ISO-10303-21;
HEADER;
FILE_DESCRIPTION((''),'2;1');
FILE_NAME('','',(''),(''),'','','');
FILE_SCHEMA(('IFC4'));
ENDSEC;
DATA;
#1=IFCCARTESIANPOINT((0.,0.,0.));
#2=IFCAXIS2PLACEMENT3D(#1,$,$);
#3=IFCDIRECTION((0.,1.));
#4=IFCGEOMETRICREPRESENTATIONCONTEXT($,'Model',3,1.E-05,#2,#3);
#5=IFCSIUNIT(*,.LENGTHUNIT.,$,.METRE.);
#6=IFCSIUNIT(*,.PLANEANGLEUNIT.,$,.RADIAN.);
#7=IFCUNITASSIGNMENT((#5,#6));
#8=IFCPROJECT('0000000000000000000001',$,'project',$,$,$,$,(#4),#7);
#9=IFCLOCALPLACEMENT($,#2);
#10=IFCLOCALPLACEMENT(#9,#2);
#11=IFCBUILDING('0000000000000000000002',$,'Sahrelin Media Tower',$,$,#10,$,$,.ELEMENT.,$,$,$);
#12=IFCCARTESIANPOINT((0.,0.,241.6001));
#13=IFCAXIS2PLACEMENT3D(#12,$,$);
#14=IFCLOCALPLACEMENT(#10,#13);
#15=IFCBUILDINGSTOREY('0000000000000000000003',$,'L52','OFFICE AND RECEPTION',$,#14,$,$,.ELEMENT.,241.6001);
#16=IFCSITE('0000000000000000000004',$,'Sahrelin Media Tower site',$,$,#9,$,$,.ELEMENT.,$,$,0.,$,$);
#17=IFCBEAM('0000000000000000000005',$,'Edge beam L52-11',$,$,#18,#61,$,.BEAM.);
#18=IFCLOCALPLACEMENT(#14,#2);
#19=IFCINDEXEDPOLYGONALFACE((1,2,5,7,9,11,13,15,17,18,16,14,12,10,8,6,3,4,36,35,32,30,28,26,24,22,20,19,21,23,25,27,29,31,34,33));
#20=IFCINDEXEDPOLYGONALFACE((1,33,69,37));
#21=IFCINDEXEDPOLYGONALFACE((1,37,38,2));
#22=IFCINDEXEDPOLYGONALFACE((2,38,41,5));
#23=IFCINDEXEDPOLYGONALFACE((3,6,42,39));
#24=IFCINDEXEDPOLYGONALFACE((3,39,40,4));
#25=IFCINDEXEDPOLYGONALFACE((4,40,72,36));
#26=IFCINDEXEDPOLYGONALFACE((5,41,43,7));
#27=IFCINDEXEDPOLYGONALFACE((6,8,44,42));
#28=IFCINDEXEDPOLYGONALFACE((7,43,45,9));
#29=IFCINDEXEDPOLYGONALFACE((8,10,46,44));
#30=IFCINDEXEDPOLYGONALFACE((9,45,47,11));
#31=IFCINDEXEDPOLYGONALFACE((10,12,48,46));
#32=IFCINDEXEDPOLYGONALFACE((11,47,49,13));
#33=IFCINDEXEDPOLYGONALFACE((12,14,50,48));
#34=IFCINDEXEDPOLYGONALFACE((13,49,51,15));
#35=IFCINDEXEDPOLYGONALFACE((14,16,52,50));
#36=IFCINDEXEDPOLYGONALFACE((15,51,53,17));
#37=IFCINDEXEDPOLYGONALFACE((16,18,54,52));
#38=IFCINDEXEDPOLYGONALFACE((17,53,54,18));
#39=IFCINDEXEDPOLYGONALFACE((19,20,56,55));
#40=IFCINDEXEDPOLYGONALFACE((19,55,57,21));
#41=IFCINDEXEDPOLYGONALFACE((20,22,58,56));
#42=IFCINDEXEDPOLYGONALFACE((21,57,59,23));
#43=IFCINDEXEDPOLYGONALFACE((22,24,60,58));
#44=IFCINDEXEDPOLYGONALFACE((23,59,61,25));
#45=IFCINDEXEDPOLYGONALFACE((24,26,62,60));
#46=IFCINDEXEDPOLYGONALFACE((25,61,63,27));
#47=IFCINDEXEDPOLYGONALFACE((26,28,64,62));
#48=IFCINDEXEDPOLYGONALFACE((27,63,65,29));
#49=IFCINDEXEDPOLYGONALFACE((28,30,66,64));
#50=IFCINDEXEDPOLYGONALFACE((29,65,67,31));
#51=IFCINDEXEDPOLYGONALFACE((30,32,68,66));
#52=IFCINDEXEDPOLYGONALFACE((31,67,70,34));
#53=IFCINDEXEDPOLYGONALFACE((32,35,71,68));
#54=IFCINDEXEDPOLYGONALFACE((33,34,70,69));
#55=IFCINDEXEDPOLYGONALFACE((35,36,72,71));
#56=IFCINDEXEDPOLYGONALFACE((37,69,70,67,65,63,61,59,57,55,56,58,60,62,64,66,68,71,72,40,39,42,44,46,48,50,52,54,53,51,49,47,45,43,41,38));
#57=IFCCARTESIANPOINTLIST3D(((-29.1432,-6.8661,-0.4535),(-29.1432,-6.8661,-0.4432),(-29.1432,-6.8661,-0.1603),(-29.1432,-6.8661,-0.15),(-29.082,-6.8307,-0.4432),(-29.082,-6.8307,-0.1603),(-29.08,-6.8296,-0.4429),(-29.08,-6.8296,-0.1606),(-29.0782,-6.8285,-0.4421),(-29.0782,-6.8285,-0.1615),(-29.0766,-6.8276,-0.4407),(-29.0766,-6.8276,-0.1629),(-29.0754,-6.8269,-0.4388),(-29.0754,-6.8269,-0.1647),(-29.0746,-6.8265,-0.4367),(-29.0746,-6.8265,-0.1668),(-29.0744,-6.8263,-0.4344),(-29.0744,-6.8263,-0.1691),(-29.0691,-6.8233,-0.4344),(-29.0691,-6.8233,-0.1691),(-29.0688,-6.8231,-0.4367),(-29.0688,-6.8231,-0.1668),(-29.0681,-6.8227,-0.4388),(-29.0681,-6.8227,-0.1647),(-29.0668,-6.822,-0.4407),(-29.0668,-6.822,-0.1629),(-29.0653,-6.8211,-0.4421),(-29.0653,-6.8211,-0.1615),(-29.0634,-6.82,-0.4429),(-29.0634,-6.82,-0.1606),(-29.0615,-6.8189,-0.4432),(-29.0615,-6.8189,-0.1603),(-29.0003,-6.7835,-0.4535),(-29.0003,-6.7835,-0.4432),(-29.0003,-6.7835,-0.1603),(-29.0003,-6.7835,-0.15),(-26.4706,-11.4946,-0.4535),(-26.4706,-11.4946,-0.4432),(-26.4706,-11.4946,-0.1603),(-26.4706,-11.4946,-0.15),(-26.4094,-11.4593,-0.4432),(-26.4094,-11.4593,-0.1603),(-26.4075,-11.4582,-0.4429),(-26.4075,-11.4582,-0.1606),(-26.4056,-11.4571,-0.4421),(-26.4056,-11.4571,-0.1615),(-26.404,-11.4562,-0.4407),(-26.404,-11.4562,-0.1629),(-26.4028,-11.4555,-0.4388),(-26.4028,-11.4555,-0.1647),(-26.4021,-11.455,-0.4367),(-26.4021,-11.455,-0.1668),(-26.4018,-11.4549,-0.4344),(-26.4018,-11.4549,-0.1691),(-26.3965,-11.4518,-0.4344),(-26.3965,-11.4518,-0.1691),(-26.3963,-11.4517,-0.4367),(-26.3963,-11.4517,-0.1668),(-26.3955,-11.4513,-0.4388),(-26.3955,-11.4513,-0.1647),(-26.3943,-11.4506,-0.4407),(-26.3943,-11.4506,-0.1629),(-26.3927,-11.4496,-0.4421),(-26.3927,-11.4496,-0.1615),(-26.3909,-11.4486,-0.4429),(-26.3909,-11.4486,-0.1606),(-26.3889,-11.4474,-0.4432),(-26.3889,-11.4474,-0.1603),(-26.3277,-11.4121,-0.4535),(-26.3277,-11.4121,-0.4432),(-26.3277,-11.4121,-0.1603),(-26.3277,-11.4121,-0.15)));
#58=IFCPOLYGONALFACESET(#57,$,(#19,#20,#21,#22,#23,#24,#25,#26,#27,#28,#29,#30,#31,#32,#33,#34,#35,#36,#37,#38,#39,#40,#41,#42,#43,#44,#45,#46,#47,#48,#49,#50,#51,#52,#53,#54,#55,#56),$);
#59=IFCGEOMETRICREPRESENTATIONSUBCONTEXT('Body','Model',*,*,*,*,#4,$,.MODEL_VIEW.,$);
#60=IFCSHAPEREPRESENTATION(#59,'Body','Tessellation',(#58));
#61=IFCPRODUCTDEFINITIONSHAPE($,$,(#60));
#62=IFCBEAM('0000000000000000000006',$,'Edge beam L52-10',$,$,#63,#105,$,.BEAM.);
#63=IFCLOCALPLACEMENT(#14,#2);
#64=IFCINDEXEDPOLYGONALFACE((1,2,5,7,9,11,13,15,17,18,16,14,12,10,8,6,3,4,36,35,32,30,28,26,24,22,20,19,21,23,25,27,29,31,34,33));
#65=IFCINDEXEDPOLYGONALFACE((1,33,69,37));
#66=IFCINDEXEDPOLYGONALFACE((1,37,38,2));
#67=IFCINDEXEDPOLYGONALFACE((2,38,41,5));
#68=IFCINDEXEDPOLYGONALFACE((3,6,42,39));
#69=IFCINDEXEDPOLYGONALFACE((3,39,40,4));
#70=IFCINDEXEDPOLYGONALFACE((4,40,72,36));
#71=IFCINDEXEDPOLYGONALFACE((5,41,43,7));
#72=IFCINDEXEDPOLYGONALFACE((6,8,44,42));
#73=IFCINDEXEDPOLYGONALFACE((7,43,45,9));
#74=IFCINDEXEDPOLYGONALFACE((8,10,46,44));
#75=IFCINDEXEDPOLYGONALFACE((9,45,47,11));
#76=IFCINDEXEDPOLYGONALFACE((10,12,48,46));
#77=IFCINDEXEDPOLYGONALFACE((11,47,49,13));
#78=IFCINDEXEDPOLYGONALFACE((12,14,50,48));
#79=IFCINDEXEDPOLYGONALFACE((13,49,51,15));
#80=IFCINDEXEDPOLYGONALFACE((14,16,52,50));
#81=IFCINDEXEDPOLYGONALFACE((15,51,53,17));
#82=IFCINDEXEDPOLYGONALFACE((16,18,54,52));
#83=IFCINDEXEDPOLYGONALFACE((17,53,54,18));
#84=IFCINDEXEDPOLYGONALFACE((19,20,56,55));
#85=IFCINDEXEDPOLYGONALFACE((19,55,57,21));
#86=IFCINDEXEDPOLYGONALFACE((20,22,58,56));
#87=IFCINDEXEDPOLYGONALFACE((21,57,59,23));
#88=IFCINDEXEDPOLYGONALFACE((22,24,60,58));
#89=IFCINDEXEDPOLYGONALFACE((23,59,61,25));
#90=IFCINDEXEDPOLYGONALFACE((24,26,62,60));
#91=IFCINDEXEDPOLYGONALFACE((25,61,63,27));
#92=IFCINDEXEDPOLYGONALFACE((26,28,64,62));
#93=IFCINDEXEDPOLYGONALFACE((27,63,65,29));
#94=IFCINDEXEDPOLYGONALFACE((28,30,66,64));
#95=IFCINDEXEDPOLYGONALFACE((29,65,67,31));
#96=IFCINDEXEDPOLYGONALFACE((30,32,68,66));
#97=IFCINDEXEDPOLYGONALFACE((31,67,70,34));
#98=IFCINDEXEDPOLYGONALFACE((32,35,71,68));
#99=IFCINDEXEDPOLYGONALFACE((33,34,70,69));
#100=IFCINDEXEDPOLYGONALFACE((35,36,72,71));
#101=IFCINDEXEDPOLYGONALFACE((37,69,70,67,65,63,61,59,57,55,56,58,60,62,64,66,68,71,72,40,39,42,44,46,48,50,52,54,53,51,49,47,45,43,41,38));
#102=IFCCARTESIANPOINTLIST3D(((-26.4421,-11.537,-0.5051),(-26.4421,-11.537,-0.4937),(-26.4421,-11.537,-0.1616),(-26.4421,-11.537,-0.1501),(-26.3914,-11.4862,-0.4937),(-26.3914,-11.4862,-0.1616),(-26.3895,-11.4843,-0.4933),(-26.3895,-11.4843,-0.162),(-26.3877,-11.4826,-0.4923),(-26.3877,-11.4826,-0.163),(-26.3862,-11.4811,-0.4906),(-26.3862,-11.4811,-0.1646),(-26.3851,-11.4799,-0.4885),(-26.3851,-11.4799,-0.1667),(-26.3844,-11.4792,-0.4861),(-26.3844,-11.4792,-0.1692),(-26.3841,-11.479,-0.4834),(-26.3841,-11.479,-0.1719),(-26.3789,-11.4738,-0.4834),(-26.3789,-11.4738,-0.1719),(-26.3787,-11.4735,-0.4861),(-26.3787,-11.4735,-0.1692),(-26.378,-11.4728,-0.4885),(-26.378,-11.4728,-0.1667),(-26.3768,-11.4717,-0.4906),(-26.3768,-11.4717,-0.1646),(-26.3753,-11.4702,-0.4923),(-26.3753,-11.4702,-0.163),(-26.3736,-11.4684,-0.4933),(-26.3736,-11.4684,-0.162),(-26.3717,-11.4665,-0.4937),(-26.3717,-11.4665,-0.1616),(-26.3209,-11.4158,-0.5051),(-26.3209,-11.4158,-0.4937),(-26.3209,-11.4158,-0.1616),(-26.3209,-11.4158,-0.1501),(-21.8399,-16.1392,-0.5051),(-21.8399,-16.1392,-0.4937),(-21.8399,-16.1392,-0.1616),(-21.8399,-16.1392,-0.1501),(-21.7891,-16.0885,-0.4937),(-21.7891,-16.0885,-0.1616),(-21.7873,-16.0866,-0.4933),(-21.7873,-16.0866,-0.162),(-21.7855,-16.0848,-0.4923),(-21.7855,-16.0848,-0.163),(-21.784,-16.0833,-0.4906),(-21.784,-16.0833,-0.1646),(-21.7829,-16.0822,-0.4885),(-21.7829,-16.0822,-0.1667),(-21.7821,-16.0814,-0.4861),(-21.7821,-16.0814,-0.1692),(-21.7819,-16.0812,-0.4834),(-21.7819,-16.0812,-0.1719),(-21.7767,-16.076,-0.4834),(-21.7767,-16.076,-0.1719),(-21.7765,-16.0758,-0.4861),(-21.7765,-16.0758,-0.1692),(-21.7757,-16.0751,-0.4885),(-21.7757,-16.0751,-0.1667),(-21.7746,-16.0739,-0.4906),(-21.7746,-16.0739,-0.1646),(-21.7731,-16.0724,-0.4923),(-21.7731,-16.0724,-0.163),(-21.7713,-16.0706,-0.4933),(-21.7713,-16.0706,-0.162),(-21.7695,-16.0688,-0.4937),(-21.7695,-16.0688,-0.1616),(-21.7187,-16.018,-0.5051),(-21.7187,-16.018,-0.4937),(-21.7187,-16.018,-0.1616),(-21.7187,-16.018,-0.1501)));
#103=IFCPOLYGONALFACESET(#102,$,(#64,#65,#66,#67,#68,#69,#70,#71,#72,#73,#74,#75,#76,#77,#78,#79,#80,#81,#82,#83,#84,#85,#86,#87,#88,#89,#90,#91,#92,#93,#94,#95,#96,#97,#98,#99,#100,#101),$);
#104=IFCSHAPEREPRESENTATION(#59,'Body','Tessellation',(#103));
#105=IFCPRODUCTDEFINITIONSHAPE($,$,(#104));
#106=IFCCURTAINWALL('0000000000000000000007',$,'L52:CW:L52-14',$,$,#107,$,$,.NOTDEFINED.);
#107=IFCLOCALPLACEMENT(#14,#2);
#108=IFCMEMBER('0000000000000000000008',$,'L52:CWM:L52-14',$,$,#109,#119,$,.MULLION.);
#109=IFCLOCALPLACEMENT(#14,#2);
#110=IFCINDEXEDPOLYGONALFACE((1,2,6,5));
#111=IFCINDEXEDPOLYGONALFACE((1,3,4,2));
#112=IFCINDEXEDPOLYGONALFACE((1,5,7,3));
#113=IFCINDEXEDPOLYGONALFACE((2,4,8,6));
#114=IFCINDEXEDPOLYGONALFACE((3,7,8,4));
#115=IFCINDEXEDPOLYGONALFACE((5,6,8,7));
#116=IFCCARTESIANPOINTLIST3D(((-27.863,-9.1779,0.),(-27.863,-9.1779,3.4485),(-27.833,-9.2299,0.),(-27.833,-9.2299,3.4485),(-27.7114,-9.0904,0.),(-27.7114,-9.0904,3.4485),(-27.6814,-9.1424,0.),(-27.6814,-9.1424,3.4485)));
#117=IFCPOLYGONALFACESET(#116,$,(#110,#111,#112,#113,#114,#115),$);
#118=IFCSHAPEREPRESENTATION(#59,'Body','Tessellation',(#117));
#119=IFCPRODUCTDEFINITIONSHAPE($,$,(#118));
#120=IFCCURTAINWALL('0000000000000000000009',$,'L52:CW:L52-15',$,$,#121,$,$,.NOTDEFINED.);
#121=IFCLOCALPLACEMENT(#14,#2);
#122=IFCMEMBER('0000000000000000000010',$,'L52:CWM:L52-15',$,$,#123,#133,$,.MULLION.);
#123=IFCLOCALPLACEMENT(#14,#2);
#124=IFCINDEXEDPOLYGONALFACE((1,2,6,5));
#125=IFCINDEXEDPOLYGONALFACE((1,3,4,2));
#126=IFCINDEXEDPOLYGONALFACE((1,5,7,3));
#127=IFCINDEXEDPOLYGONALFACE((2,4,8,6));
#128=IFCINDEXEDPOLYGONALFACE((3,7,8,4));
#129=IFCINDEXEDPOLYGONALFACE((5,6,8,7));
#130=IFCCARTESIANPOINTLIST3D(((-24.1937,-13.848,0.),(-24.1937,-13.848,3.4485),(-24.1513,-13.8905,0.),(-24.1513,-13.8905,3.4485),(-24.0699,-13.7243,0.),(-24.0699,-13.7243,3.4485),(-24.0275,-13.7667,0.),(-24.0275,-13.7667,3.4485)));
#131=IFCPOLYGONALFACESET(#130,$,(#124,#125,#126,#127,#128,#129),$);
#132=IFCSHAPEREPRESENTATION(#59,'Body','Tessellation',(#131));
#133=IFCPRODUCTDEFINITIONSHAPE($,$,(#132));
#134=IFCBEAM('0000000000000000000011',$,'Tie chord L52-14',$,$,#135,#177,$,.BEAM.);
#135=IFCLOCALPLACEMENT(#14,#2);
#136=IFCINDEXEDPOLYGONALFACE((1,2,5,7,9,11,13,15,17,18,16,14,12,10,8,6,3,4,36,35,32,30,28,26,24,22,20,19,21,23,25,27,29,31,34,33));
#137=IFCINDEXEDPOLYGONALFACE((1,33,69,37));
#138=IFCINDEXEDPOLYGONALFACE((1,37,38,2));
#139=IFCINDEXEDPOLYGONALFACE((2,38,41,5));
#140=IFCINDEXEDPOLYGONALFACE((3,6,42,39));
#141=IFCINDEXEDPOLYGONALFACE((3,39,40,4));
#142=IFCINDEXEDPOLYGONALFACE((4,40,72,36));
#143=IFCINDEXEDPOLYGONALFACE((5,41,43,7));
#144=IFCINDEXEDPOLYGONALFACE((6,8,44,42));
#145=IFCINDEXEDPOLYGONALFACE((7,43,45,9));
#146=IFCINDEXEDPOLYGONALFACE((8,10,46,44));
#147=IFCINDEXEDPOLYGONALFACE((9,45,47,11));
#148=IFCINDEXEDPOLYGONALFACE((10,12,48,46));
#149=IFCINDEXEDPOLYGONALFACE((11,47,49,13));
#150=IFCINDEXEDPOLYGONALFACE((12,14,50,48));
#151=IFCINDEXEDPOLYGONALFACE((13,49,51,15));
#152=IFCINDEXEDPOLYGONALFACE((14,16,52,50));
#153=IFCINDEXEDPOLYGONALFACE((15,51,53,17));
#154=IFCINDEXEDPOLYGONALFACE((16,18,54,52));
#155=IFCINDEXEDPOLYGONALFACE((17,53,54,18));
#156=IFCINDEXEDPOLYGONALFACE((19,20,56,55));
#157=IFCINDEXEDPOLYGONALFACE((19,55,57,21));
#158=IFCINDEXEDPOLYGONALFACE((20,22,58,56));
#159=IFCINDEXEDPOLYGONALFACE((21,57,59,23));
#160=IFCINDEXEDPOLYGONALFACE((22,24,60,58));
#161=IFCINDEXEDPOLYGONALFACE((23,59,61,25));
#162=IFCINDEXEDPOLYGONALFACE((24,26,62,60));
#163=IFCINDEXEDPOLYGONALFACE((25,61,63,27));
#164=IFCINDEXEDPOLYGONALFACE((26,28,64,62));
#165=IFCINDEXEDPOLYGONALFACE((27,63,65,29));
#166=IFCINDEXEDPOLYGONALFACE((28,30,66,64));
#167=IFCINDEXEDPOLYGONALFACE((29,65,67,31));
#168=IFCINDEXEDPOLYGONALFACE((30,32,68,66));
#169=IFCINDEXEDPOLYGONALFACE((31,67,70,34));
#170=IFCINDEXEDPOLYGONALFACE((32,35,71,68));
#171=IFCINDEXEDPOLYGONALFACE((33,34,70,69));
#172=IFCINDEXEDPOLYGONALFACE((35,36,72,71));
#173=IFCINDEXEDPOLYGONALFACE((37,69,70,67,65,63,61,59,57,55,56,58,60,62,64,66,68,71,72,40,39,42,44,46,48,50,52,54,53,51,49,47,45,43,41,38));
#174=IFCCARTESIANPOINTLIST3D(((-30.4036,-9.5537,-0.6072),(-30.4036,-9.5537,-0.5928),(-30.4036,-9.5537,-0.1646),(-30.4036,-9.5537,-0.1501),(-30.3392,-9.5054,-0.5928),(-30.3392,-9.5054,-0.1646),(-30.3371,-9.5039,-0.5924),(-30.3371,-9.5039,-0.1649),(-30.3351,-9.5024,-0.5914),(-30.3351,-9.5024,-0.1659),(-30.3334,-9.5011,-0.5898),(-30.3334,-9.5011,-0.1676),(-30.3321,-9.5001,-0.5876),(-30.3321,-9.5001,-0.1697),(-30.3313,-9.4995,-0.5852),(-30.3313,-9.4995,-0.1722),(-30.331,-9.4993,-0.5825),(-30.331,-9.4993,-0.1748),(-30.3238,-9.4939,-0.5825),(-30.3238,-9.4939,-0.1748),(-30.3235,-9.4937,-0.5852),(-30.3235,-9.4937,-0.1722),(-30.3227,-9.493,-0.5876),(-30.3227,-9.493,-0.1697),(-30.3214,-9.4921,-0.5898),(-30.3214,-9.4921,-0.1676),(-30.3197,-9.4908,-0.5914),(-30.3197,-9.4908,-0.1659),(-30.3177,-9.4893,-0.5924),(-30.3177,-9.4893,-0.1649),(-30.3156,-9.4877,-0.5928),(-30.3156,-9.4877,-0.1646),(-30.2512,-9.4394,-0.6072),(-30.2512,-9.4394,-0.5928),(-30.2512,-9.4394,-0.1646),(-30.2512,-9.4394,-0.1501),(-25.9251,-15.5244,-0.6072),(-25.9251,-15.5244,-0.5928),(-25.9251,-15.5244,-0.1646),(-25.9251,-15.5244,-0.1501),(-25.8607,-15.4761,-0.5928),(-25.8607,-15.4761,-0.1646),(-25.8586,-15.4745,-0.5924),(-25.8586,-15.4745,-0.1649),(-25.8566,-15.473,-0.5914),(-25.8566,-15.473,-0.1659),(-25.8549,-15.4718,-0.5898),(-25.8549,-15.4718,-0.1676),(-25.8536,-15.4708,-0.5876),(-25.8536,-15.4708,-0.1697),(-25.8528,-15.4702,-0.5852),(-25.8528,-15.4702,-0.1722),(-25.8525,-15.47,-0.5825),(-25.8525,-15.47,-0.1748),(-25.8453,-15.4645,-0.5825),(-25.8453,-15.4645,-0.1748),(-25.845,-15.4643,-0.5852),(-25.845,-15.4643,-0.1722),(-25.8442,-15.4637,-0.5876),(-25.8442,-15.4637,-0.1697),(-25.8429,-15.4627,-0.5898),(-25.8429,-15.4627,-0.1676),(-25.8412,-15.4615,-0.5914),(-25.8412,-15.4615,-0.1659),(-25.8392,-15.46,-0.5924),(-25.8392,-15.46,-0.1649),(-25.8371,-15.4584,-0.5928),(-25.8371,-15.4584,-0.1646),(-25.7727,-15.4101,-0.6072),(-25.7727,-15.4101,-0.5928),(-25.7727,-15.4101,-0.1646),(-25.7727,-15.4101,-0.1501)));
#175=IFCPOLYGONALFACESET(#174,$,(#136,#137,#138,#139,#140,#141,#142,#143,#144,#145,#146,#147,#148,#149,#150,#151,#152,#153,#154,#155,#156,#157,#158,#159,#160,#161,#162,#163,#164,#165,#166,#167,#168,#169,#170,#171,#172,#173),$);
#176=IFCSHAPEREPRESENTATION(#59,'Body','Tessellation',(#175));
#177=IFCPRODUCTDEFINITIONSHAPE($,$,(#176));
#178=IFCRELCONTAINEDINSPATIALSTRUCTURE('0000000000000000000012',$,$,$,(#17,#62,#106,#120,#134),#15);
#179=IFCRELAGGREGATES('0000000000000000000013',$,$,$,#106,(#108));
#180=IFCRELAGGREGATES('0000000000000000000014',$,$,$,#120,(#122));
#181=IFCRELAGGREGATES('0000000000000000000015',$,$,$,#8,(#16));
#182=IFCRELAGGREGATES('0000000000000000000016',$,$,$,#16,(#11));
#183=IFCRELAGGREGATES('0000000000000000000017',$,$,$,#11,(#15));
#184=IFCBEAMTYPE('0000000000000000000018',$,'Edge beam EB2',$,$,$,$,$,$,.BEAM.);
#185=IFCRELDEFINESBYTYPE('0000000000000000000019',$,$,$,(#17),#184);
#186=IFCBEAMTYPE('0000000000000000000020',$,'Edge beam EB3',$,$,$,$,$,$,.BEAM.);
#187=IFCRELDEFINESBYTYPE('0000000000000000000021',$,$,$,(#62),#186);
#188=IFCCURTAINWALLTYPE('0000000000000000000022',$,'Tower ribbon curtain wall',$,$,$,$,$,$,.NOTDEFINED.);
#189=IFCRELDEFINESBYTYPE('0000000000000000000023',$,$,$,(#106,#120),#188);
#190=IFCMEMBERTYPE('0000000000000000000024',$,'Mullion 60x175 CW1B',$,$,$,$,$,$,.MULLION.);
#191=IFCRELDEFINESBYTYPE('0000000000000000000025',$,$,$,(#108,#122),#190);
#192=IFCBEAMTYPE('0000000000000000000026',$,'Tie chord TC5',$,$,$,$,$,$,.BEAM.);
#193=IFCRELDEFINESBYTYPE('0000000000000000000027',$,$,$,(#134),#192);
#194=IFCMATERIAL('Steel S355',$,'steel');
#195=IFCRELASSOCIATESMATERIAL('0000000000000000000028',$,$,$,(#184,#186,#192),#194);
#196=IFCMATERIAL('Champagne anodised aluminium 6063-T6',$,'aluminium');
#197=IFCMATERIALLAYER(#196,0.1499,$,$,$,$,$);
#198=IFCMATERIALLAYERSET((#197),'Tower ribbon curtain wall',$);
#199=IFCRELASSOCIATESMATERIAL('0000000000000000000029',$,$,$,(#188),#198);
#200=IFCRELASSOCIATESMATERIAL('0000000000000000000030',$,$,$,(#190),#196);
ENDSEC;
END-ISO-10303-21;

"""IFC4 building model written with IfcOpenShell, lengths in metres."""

from ifc_helpers import new_model, si_unit, direction, frame, origin, origin_2d, place, context, subcontext, project, spatial, rectangle, i_section, extrude, material, layer, layer_set, material_profile, profile_set, type_object, element, aggregate, save


model = new_model("IFC4")

# Units and contexts
model_context = context("Model", 3, precision=1e-05, world=origin(), true_north=direction((0.0, 1.0)))
body_context = subcontext(model_context, "Body", "Model", "MODEL_VIEW")
ifc_project = project(units=[si_unit("LENGTHUNIT", "METRE"), si_unit("PLANEANGLEUNIT", "RADIAN")], contexts=[model_context])

# Site, building, storey
site_placement = place(None, origin())
site = spatial("IfcSite", under=ifc_project, at=site_placement, Name="Sahrelin Media Tower site", CompositionType="ELEMENT", RefElevation=0.0)
building_placement = place(site_placement, origin())
building = spatial("IfcBuilding", under=site, at=building_placement, Name="Sahrelin Media Tower", CompositionType="ELEMENT")
storey_placement = place(building_placement, frame((0.0, 0.0, 241.6001)))
storey = spatial("IfcBuildingStorey", under=building, at=storey_placement, Name="L52", Description="OFFICE AND RECEPTION", CompositionType="ELEMENT", Elevation=241.6001)

# Beams
ifc_material_1 = material(Name="Steel S355", Category="steel")
ifc_material_profile_1 = material_profile(ifc_material_1, i_section(OverallWidth=0.165, OverallDepth=0.3035, WebThickness=0.0061, FlangeThickness=0.0103, FilletRadius=0.0088, at=origin_2d()), Name="UB 305x165x40")
ifc_profile_set_1 = profile_set([ifc_material_profile_1], Name="Steel S355")
beam_type_1 = type_object("IfcBeamType", Name="Edge beam EB2", PredefinedType="BEAM", material=ifc_profile_set_1)
beam_1_placement = place(storey_placement, frame((-26.3992, -11.4534, -0.3018), z_axis=(-0.500035, 0.866005, 0.0), x_axis=(-0.866005, -0.500035, 0.0)))
element("IfcBeam", 1, at=beam_1_placement, inside=storey, type_object=beam_type_1, Name="Edge beam L52-11", PredefinedType="BEAM", context=body_context, shape_type="SweptSolid", body=[
    extrude(i_section(OverallWidth=0.165, OverallDepth=0.3035, WebThickness=0.0061, FlangeThickness=0.0103, FilletRadius=0.0088, at=origin_2d()), origin(), (0.0, 0.0, 1.0), 5.3447),
])
ifc_material_profile_2 = material_profile(ifc_material_1, i_section(OverallWidth=0.1714, OverallDepth=0.355, WebThickness=0.0073, FlangeThickness=0.0115, FilletRadius=0.0103, at=origin_2d()), Name="UB 356x171x51")
ifc_profile_set_2 = profile_set([ifc_material_profile_2], Name="Steel S355")
beam_type_2 = type_object("IfcBeamType", Name="Edge beam EB3", PredefinedType="BEAM", material=ifc_profile_set_2)
beam_2_placement = place(storey_placement, frame((-21.7793, -16.0786, -0.3276), z_axis=(-0.707107, 0.707107, 0.0), x_axis=(-0.707107, -0.707107, 0.0)))
element("IfcBeam", 2, at=beam_2_placement, inside=storey, type_object=beam_type_2, Name="Edge beam L52-10", PredefinedType="BEAM", context=body_context, shape_type="SweptSolid", body=[
    extrude(i_section(OverallWidth=0.1714, OverallDepth=0.355, WebThickness=0.0073, FlangeThickness=0.0115, FilletRadius=0.0103, at=origin_2d()), origin(), (0.0, 0.0, 1.0), 6.5085),
])

# Curtain walls, members
ifc_material_2 = material(Name="Champagne anodised aluminium 6063-T6", Category="aluminium")
ifc_layer_1 = layer(ifc_material_2, 0.1499)
ifc_layer_set_1 = layer_set([ifc_layer_1], Name="Tower ribbon curtain wall")
curtain_wall_type = type_object("IfcCurtainWallType", Name="Tower ribbon curtain wall", PredefinedType="NOTDEFINED", material=ifc_layer_set_1)
curtain_wall_1_placement = place(storey_placement, frame((-27.8652, -9.2141, 0.0), z_axis=(0.0, 0.0, 1.0), x_axis=(1.0, 0.0, 0.0)))
curtain_wall_1 = element("IfcCurtainWall", 3, at=curtain_wall_1_placement, inside=storey, type_object=curtain_wall_type, Name="L52:CW:L52-14", PredefinedType="NOTDEFINED")
ifc_material_profile_3 = material_profile(ifc_material_2, rectangle(XDim=0.0601, YDim=0.175, at=origin_2d()), Name="Mullion 60x175")
ifc_profile_set_3 = profile_set([ifc_material_profile_3], Name="Champagne anodised aluminium 6063-T6")
member_type_1 = type_object("IfcMemberType", Name="Mullion 60x175 CW1B", PredefinedType="MULLION", material=ifc_profile_set_3)
member_1_placement = place(storey_placement, frame((-27.7722, -9.1602, 0.0), z_axis=(0.0, 0.0, 1.0), x_axis=(0.500009, -0.86602, 0.0)))
member_1 = element("IfcMember", 4, at=member_1_placement, type_object=member_type_1, Name="L52:CWM:L52-14", PredefinedType="MULLION", context=body_context, shape_type="SweptSolid", body=[
    extrude(rectangle(XDim=0.0601, YDim=0.175, at=origin_2d()), origin(), (0.0, 0.0, 1.0), 3.4485),
])
aggregate(curtain_wall_1, [member_1])
curtain_wall_2_placement = place(storey_placement, frame((-24.1865, -13.8835, 0.0), z_axis=(0.0, 0.0, 1.0), x_axis=(1.0, 0.0, 0.0)))
curtain_wall_2 = element("IfcCurtainWall", 5, at=curtain_wall_2_placement, inside=storey, type_object=curtain_wall_type, Name="L52:CW:L52-15", PredefinedType="NOTDEFINED")
member_2_placement = place(storey_placement, frame((-24.1106, -13.8074, 0.0), z_axis=(0.0, 0.0, 1.0), x_axis=(0.707107, -0.707107, 0.0)))
member_2 = element("IfcMember", 6, at=member_2_placement, type_object=member_type_1, Name="L52:CWM:L52-15", PredefinedType="MULLION", context=body_context, shape_type="SweptSolid", body=[
    extrude(rectangle(XDim=0.0601, YDim=0.175, at=origin_2d()), origin(), (0.0, 0.0, 1.0), 3.4485),
])

# Beam
ifc_material_profile_4 = material_profile(ifc_material_1, i_section(OverallWidth=0.1904, OverallDepth=0.457, WebThickness=0.009, FlangeThickness=0.0144, FilletRadius=0.0103, at=origin_2d()), Name="UB 457x191x74")
ifc_profile_set_4 = profile_set([ifc_material_profile_4], Name="Steel S355")
beam_type_3 = type_object("IfcBeamType", Name="Tie chord TC5", PredefinedType="BEAM", material=ifc_profile_set_4)
beam_3_placement = place(storey_placement, frame((-30.3274, -9.4966, -0.3787), z_axis=(0.600042, -0.799969, 0.0), x_axis=(0.799969, 0.600042, 0.0)))
element("IfcBeam", 7, at=beam_3_placement, inside=storey, type_object=beam_type_3, Name="Tie chord L52-14", PredefinedType="BEAM", context=body_context, shape_type="SweptSolid", body=[
    extrude(i_section(OverallWidth=0.1904, OverallDepth=0.457, WebThickness=0.009, FlangeThickness=0.0144, FilletRadius=0.0103, at=origin_2d()), origin(), (0.0, 0.0, 1.0), 7.4636),
])

aggregate(curtain_wall_2, [member_2])

save(model, "model.ifc")
